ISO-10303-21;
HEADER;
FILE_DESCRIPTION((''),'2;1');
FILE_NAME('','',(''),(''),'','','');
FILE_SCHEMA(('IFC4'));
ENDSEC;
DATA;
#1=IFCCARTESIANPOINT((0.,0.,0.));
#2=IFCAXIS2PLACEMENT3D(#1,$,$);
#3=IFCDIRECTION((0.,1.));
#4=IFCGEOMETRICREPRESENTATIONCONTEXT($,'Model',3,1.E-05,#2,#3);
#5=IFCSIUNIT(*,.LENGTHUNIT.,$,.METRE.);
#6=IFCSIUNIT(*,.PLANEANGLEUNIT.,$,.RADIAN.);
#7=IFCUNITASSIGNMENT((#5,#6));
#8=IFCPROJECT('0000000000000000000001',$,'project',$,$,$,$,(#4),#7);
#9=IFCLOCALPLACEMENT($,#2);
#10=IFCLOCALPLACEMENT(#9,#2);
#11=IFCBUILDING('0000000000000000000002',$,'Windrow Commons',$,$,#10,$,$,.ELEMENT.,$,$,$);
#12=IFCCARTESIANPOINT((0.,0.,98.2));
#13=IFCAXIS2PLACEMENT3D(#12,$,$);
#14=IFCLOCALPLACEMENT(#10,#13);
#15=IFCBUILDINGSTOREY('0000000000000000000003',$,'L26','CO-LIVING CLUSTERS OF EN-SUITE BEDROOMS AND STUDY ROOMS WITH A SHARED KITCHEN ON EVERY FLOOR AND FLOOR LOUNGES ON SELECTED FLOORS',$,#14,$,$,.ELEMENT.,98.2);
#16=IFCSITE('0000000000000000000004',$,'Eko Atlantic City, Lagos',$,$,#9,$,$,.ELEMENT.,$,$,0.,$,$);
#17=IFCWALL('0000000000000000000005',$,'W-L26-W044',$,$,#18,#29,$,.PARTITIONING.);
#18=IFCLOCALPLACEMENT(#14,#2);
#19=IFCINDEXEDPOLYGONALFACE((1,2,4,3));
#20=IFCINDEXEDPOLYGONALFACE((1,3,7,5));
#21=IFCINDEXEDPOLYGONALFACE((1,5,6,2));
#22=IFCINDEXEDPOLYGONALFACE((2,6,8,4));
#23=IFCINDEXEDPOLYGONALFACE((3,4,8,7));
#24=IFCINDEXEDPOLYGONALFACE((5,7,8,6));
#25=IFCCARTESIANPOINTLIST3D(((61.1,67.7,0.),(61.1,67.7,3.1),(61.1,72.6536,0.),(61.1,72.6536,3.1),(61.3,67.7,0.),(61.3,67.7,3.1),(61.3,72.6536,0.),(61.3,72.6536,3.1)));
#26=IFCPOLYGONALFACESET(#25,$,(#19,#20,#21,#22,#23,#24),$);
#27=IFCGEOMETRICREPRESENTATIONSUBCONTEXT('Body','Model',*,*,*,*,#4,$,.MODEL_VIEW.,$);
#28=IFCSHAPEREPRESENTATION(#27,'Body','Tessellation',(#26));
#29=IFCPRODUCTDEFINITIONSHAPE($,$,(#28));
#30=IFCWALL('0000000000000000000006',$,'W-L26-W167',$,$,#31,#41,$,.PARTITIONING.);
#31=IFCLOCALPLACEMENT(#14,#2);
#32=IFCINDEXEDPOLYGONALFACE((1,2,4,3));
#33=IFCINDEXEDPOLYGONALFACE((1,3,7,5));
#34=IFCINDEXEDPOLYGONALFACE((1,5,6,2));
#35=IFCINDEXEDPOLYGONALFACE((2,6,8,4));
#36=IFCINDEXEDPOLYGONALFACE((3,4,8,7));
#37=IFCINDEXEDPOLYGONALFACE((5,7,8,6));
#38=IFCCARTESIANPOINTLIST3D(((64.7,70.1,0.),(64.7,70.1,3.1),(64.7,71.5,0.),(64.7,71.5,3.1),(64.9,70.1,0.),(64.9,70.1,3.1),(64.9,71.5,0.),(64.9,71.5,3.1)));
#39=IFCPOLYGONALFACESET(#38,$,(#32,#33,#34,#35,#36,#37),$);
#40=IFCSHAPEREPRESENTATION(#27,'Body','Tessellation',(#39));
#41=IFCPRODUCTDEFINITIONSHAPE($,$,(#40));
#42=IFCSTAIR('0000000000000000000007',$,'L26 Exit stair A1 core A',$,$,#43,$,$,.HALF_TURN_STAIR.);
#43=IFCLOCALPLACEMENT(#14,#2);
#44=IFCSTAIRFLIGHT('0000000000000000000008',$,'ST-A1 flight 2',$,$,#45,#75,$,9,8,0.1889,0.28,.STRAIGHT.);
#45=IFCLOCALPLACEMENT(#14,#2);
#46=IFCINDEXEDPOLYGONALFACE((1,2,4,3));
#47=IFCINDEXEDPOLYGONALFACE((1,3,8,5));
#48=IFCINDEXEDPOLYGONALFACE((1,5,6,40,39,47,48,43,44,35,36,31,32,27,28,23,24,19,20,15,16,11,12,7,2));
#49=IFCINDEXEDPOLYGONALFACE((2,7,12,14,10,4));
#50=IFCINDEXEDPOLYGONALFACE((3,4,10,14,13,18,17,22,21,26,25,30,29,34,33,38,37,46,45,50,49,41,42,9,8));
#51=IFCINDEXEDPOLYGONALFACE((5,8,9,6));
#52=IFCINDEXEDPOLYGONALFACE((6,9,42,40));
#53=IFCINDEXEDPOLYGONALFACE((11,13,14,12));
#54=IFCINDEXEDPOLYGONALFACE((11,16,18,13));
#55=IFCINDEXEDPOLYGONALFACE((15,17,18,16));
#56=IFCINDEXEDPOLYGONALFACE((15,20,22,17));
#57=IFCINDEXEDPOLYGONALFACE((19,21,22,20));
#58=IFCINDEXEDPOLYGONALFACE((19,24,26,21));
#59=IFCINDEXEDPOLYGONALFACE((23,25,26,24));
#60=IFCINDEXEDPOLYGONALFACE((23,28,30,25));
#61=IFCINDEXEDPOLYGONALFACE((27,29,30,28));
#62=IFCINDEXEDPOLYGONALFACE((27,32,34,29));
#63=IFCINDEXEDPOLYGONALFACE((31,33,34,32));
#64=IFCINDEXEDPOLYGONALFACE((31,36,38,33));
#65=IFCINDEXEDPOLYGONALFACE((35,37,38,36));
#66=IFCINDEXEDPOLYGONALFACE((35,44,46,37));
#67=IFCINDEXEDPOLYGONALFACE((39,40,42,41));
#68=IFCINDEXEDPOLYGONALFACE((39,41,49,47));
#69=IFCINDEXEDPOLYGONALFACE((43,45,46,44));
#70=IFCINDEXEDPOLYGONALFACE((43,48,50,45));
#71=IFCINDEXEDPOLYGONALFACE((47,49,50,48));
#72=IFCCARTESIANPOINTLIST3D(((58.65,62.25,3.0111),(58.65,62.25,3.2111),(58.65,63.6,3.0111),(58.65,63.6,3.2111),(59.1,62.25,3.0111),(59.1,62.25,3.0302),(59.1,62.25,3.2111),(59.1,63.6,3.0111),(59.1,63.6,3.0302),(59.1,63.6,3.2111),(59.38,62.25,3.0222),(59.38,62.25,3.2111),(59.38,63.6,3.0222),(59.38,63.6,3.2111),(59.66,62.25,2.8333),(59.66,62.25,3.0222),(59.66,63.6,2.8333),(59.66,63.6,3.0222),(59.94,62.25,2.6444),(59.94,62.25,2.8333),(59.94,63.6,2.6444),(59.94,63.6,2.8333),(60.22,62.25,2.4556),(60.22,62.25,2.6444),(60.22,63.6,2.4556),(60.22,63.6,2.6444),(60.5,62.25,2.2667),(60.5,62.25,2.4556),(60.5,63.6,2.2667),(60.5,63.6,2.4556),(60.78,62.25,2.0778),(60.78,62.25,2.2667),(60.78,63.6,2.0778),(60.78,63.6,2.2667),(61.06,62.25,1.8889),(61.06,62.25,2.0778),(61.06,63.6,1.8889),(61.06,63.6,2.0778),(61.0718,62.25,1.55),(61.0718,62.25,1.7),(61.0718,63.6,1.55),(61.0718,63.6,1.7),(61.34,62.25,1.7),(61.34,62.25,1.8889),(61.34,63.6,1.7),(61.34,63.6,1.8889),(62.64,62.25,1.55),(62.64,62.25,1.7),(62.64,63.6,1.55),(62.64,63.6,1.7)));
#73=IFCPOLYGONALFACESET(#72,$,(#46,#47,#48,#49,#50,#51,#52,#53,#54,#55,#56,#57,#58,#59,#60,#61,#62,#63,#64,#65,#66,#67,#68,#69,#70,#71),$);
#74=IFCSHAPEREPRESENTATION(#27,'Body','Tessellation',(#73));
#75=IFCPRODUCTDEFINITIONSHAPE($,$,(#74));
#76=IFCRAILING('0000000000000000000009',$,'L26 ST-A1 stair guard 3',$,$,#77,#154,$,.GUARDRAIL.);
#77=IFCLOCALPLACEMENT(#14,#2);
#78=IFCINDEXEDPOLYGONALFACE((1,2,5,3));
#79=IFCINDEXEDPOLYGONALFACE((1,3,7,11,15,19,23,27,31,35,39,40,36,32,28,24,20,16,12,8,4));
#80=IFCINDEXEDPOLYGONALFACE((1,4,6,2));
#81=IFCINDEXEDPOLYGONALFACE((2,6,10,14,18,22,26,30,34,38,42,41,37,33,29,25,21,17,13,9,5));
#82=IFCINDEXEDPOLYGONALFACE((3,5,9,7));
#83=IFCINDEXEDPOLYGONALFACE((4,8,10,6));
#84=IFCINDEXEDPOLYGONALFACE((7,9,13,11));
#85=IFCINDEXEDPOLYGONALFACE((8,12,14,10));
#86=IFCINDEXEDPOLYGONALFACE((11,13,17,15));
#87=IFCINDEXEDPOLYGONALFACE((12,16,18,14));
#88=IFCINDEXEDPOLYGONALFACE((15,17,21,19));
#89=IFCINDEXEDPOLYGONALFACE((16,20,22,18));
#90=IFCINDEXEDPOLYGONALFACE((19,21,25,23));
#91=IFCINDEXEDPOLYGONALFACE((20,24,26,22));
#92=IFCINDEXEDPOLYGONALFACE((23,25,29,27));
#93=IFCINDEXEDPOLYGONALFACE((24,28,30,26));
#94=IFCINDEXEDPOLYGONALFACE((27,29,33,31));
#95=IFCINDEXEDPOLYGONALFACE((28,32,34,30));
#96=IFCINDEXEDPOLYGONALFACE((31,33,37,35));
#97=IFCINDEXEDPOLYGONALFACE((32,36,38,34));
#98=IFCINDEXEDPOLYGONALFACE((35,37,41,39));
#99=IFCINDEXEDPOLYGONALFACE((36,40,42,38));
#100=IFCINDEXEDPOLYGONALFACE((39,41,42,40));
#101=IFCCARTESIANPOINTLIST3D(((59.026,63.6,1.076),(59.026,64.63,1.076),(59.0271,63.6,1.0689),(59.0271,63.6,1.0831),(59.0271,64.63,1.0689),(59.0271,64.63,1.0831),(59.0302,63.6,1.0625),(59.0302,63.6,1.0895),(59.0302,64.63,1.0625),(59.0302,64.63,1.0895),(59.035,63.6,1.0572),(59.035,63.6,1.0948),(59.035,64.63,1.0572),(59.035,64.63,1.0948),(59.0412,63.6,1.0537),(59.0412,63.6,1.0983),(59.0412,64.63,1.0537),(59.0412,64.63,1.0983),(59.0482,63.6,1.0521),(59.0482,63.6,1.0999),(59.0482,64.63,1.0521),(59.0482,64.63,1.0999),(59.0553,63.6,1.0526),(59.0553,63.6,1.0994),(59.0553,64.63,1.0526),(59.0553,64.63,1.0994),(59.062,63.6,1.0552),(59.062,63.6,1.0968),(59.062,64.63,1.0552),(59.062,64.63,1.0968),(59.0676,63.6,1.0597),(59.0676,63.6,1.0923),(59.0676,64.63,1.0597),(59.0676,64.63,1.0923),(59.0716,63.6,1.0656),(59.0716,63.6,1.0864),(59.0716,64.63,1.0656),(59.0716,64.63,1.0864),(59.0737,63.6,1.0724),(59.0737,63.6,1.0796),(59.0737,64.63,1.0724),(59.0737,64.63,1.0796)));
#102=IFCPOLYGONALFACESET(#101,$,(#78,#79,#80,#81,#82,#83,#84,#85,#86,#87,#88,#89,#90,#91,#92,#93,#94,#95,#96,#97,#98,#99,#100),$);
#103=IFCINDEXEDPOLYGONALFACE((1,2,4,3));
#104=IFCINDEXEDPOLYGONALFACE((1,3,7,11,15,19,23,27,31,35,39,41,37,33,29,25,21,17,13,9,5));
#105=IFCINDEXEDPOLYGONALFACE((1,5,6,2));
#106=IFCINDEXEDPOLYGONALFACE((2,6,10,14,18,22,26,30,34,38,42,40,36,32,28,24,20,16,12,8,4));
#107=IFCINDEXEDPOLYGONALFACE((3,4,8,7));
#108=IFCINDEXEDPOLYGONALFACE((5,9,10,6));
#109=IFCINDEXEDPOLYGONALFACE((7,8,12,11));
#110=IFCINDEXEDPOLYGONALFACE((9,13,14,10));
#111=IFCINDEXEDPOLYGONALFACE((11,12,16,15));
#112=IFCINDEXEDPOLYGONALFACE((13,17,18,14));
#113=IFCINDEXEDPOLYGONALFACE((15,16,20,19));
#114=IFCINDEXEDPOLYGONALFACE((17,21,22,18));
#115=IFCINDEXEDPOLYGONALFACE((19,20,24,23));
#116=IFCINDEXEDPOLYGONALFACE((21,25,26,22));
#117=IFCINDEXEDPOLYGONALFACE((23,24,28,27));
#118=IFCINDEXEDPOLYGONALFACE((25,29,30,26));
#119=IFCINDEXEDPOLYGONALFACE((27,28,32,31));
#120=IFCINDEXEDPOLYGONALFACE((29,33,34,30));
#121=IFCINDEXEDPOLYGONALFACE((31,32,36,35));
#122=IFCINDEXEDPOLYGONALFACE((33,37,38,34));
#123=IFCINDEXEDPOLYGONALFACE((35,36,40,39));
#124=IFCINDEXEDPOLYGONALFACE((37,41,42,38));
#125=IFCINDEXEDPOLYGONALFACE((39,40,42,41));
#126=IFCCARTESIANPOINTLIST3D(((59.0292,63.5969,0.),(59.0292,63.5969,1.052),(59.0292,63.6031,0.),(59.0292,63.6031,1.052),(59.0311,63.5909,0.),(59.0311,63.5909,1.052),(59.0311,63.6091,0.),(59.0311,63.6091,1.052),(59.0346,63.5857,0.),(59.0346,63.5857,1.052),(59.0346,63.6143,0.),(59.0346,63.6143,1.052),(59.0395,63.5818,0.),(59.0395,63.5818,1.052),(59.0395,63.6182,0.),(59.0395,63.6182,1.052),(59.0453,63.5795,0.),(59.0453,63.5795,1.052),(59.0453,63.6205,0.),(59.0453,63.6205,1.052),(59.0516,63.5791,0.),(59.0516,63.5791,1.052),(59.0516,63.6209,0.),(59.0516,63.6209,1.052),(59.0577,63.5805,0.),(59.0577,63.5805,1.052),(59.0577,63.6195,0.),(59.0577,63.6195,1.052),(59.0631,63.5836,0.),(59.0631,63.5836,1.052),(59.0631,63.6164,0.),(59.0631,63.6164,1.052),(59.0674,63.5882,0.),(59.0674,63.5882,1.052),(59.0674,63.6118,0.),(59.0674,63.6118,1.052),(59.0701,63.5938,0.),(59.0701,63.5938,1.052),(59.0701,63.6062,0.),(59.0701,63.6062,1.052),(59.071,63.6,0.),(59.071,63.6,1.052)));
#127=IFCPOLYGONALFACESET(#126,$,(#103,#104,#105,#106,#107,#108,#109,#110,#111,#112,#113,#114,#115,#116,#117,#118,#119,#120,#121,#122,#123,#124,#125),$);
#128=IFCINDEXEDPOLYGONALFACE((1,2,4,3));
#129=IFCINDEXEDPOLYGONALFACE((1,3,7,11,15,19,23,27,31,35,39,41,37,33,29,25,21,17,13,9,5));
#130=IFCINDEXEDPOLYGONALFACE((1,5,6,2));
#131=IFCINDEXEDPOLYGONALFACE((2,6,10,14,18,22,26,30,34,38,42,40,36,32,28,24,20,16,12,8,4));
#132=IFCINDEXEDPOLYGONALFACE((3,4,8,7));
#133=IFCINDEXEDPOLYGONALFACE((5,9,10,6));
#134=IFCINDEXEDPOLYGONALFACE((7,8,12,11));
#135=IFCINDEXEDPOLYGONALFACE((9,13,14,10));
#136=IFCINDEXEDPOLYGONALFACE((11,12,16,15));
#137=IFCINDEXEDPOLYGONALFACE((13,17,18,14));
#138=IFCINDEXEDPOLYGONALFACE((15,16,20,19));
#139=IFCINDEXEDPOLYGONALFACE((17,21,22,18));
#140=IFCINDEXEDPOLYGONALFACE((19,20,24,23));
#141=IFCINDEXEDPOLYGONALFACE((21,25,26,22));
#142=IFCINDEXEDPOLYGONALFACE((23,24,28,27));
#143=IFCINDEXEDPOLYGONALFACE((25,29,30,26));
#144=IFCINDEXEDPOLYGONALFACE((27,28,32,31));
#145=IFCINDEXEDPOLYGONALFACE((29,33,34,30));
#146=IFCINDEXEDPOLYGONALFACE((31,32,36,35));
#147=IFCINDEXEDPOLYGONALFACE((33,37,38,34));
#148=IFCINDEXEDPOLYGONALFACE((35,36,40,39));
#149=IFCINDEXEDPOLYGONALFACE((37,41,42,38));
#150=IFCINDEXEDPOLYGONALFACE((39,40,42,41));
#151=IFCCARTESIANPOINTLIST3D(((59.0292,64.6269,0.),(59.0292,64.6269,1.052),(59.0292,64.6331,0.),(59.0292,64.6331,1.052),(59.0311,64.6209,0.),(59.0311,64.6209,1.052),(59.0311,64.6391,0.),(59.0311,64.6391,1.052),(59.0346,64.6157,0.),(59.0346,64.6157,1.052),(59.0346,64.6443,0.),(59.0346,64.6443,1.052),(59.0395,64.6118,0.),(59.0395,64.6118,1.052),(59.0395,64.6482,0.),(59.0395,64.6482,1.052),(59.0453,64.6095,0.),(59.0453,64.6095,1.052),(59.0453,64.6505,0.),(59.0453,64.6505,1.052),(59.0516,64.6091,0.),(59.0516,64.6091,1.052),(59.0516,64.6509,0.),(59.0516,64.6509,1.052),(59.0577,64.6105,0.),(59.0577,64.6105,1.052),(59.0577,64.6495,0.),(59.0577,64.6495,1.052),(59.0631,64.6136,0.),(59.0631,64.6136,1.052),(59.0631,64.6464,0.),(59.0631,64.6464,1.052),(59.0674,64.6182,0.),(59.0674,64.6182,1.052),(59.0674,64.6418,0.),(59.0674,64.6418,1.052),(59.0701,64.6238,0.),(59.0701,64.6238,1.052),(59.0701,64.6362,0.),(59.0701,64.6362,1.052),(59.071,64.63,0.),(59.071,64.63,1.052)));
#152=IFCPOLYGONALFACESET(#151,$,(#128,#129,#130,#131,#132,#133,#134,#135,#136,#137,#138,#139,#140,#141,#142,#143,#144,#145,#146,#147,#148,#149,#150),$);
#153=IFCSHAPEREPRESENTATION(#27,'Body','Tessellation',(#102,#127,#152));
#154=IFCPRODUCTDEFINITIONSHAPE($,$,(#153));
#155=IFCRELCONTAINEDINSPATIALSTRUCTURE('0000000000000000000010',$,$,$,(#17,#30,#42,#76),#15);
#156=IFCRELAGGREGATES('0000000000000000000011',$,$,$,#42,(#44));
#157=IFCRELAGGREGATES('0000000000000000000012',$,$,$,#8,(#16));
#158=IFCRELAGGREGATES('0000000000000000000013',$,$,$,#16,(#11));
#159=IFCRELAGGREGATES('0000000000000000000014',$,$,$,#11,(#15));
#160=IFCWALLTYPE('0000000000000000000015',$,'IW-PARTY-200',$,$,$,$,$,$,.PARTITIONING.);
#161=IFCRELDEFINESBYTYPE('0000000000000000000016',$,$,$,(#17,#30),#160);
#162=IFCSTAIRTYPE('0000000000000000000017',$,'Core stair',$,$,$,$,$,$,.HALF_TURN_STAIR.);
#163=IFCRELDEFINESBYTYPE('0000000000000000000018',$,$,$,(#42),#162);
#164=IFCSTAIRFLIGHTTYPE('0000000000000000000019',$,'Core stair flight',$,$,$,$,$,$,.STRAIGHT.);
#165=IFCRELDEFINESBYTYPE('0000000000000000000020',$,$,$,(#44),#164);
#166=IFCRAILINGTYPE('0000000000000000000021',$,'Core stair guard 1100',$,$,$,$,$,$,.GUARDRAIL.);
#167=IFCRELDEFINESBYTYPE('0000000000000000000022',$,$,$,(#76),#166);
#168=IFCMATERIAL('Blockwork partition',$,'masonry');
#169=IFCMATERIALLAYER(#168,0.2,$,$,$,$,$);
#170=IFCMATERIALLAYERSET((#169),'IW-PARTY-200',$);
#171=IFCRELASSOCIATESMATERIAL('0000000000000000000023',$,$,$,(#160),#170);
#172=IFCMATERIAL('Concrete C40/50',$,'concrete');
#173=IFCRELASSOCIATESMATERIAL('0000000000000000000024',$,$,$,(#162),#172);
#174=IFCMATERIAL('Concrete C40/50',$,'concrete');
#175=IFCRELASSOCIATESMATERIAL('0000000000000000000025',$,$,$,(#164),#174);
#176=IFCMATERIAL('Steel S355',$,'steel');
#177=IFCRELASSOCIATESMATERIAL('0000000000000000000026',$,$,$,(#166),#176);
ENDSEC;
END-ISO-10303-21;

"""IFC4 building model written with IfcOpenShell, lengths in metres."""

from ifc_helpers import new_model, si_unit, direction, frame, frame_2d, origin, origin_2d, place, context, subcontext, project, spatial, polyline, rectangle, circle, outline, extrude, material, layer, layer_set, type_object, element, aggregate, save


model = new_model("IFC4")

# Units and contexts
model_context = context("Model", 3, precision=1e-05, world=origin(), true_north=direction((0.0, 1.0)))
body_context = subcontext(model_context, "Body", "Model", "MODEL_VIEW")
ifc_project = project(units=[si_unit("LENGTHUNIT", "METRE"), si_unit("PLANEANGLEUNIT", "RADIAN")], contexts=[model_context])

# Site, building, storey
site_placement = place(None, origin())
site = spatial("IfcSite", under=ifc_project, at=site_placement, Name="Eko Atlantic City, Lagos", CompositionType="ELEMENT", RefElevation=0.0)
building_placement = place(site_placement, origin())
building = spatial("IfcBuilding", under=site, at=building_placement, Name="Windrow Commons", CompositionType="ELEMENT")
storey_placement = place(building_placement, frame((0.0, 0.0, 98.2)))
storey = spatial("IfcBuildingStorey", under=building, at=storey_placement, Name="L26", Description="CO-LIVING CLUSTERS OF EN-SUITE BEDROOMS AND STUDY ROOMS WITH A SHARED KITCHEN ON EVERY FLOOR AND FLOOR LOUNGES ON SELECTED FLOORS", CompositionType="ELEMENT", Elevation=98.2)

# Walls
ifc_material_1 = material(Name="Blockwork partition", Category="masonry")
ifc_layer_1 = layer(ifc_material_1, 0.2)
ifc_layer_set_1 = layer_set([ifc_layer_1], Name="IW-PARTY-200")
wall_type_1 = type_object("IfcWallType", Name="IW-PARTY-200", PredefinedType="PARTITIONING", material=ifc_layer_set_1)
wall_1_placement = place(storey_placement, frame((61.2, 67.7, 0.0), z_axis=(0.0, 0.0, 1.0), x_axis=(0.0, 1.0, 0.0)))
element("IfcWall", 1, at=wall_1_placement, inside=storey, type_object=wall_type_1, Name="W-L26-W044", PredefinedType="PARTITIONING", context=body_context, shape_type="SweptSolid", body=[
    extrude(rectangle(XDim=4.9535, YDim=0.2, at=frame_2d((2.4768, 0.0))), origin(), (0.0, 0.0, 1.0), 3.1),
])
wall_2_placement = place(storey_placement, frame((64.8, 70.1, 0.0), z_axis=(0.0, 0.0, 1.0), x_axis=(0.0, 1.0, 0.0)))
element("IfcWall", 2, at=wall_2_placement, inside=storey, type_object=wall_type_1, Name="W-L26-W167", PredefinedType="PARTITIONING", context=body_context, shape_type="SweptSolid", body=[
    extrude(rectangle(XDim=1.4, YDim=0.2, at=frame_2d((0.7, 0.0))), origin(), (0.0, 0.0, 1.0), 3.1),
])

# Stair, stair flight
ifc_material_2 = material(Name="Concrete C40/50", Category="concrete")
stair_type = type_object("IfcStairType", Name="Core stair", PredefinedType="HALF_TURN_STAIR", material=ifc_material_2)
stair_placement = place(storey_placement, origin())
stair = element("IfcStair", 3, at=stair_placement, inside=storey, type_object=stair_type, Name="L26 Exit stair A1 core A", PredefinedType="HALF_TURN_STAIR")
ifc_material_3 = material(Name="Concrete C40/50", Category="concrete")
stair_flight_type = type_object("IfcStairFlightType", Name="Core stair flight", PredefinedType="STRAIGHT", material=ifc_material_3)
stair_flight_placement = place(storey_placement, frame((61.34, 62.925, 1.7), z_axis=(0.0, 0.0, 1.0), x_axis=(-1.0, 0.0, 0.0)))
stair_flight = element("IfcStairFlight", 4, at=stair_flight_placement, type_object=stair_flight_type, Name="ST-A1 flight 2", NumberOfRisers=9, NumberOfTreads=8, PredefinedType="STRAIGHT", RiserHeight=0.1889, TreadLength=0.28, context=body_context, shape_type="SweptSolid", body=[
    extrude(outline(polyline([(-1.3, -0.15), (-1.3, 0.0), (0.0, 0.0), (0.0, 0.1889), (0.28, 0.1889), (0.28, 0.3778), (0.56, 0.3778), (0.56, 0.5667), (0.84, 0.5667), (0.84, 0.7556), (1.12, 0.7556), (1.12, 0.9444), (1.4, 0.9444), (1.4, 1.1333), (1.68, 1.1333), (1.68, 1.3222), (1.96, 1.3222), (1.96, 1.5111), (2.24, 1.5111), (2.69, 1.5111), (2.69, 1.3111), (2.24, 1.3111), (2.24, 1.3302), (0.2682, 0.0), (0.2682, -0.15), (-1.3, -0.15)])), frame((0.0, 0.675, 0.0), z_axis=(0.0, -1.0, 0.0), x_axis=(1.0, 0.0, 0.0)), (0.0, 0.0, 1.0), 1.35),
])
aggregate(stair, [stair_flight])

# Railing
ifc_material_4 = material(Name="Steel S355", Category="steel")
railing_type_1 = type_object("IfcRailingType", Name="Core stair guard 1100", PredefinedType="GUARDRAIL", material=ifc_material_4)
for number, where, name in (
    (5, (59.05, 63.6, 0.0), "L26 ST-A1 stair guard 3"),
):
    element("IfcRailing", number, at=place(storey_placement, frame(where)), inside=storey, type_object=railing_type_1, Name=name, PredefinedType="GUARDRAIL", context=body_context, shape_type="SweptSolid", body=[
        extrude(circle(Radius=0.024, at=origin_2d()), frame((0.0, 0.0, 1.076), z_axis=(0.0, 1.0, 0.0), x_axis=(-1.0, 0.0, 0.0)), (0.0, 0.0, 1.0), 1.03),
        extrude(circle(Radius=0.021, at=origin_2d()), origin(), (0.0, 0.0, 1.0), 1.052),
        extrude(circle(Radius=0.021, at=origin_2d()), frame((0.0, 1.03, 0.0)), (0.0, 0.0, 1.0), 1.052),
    ])

save(model, "model.ifc")
